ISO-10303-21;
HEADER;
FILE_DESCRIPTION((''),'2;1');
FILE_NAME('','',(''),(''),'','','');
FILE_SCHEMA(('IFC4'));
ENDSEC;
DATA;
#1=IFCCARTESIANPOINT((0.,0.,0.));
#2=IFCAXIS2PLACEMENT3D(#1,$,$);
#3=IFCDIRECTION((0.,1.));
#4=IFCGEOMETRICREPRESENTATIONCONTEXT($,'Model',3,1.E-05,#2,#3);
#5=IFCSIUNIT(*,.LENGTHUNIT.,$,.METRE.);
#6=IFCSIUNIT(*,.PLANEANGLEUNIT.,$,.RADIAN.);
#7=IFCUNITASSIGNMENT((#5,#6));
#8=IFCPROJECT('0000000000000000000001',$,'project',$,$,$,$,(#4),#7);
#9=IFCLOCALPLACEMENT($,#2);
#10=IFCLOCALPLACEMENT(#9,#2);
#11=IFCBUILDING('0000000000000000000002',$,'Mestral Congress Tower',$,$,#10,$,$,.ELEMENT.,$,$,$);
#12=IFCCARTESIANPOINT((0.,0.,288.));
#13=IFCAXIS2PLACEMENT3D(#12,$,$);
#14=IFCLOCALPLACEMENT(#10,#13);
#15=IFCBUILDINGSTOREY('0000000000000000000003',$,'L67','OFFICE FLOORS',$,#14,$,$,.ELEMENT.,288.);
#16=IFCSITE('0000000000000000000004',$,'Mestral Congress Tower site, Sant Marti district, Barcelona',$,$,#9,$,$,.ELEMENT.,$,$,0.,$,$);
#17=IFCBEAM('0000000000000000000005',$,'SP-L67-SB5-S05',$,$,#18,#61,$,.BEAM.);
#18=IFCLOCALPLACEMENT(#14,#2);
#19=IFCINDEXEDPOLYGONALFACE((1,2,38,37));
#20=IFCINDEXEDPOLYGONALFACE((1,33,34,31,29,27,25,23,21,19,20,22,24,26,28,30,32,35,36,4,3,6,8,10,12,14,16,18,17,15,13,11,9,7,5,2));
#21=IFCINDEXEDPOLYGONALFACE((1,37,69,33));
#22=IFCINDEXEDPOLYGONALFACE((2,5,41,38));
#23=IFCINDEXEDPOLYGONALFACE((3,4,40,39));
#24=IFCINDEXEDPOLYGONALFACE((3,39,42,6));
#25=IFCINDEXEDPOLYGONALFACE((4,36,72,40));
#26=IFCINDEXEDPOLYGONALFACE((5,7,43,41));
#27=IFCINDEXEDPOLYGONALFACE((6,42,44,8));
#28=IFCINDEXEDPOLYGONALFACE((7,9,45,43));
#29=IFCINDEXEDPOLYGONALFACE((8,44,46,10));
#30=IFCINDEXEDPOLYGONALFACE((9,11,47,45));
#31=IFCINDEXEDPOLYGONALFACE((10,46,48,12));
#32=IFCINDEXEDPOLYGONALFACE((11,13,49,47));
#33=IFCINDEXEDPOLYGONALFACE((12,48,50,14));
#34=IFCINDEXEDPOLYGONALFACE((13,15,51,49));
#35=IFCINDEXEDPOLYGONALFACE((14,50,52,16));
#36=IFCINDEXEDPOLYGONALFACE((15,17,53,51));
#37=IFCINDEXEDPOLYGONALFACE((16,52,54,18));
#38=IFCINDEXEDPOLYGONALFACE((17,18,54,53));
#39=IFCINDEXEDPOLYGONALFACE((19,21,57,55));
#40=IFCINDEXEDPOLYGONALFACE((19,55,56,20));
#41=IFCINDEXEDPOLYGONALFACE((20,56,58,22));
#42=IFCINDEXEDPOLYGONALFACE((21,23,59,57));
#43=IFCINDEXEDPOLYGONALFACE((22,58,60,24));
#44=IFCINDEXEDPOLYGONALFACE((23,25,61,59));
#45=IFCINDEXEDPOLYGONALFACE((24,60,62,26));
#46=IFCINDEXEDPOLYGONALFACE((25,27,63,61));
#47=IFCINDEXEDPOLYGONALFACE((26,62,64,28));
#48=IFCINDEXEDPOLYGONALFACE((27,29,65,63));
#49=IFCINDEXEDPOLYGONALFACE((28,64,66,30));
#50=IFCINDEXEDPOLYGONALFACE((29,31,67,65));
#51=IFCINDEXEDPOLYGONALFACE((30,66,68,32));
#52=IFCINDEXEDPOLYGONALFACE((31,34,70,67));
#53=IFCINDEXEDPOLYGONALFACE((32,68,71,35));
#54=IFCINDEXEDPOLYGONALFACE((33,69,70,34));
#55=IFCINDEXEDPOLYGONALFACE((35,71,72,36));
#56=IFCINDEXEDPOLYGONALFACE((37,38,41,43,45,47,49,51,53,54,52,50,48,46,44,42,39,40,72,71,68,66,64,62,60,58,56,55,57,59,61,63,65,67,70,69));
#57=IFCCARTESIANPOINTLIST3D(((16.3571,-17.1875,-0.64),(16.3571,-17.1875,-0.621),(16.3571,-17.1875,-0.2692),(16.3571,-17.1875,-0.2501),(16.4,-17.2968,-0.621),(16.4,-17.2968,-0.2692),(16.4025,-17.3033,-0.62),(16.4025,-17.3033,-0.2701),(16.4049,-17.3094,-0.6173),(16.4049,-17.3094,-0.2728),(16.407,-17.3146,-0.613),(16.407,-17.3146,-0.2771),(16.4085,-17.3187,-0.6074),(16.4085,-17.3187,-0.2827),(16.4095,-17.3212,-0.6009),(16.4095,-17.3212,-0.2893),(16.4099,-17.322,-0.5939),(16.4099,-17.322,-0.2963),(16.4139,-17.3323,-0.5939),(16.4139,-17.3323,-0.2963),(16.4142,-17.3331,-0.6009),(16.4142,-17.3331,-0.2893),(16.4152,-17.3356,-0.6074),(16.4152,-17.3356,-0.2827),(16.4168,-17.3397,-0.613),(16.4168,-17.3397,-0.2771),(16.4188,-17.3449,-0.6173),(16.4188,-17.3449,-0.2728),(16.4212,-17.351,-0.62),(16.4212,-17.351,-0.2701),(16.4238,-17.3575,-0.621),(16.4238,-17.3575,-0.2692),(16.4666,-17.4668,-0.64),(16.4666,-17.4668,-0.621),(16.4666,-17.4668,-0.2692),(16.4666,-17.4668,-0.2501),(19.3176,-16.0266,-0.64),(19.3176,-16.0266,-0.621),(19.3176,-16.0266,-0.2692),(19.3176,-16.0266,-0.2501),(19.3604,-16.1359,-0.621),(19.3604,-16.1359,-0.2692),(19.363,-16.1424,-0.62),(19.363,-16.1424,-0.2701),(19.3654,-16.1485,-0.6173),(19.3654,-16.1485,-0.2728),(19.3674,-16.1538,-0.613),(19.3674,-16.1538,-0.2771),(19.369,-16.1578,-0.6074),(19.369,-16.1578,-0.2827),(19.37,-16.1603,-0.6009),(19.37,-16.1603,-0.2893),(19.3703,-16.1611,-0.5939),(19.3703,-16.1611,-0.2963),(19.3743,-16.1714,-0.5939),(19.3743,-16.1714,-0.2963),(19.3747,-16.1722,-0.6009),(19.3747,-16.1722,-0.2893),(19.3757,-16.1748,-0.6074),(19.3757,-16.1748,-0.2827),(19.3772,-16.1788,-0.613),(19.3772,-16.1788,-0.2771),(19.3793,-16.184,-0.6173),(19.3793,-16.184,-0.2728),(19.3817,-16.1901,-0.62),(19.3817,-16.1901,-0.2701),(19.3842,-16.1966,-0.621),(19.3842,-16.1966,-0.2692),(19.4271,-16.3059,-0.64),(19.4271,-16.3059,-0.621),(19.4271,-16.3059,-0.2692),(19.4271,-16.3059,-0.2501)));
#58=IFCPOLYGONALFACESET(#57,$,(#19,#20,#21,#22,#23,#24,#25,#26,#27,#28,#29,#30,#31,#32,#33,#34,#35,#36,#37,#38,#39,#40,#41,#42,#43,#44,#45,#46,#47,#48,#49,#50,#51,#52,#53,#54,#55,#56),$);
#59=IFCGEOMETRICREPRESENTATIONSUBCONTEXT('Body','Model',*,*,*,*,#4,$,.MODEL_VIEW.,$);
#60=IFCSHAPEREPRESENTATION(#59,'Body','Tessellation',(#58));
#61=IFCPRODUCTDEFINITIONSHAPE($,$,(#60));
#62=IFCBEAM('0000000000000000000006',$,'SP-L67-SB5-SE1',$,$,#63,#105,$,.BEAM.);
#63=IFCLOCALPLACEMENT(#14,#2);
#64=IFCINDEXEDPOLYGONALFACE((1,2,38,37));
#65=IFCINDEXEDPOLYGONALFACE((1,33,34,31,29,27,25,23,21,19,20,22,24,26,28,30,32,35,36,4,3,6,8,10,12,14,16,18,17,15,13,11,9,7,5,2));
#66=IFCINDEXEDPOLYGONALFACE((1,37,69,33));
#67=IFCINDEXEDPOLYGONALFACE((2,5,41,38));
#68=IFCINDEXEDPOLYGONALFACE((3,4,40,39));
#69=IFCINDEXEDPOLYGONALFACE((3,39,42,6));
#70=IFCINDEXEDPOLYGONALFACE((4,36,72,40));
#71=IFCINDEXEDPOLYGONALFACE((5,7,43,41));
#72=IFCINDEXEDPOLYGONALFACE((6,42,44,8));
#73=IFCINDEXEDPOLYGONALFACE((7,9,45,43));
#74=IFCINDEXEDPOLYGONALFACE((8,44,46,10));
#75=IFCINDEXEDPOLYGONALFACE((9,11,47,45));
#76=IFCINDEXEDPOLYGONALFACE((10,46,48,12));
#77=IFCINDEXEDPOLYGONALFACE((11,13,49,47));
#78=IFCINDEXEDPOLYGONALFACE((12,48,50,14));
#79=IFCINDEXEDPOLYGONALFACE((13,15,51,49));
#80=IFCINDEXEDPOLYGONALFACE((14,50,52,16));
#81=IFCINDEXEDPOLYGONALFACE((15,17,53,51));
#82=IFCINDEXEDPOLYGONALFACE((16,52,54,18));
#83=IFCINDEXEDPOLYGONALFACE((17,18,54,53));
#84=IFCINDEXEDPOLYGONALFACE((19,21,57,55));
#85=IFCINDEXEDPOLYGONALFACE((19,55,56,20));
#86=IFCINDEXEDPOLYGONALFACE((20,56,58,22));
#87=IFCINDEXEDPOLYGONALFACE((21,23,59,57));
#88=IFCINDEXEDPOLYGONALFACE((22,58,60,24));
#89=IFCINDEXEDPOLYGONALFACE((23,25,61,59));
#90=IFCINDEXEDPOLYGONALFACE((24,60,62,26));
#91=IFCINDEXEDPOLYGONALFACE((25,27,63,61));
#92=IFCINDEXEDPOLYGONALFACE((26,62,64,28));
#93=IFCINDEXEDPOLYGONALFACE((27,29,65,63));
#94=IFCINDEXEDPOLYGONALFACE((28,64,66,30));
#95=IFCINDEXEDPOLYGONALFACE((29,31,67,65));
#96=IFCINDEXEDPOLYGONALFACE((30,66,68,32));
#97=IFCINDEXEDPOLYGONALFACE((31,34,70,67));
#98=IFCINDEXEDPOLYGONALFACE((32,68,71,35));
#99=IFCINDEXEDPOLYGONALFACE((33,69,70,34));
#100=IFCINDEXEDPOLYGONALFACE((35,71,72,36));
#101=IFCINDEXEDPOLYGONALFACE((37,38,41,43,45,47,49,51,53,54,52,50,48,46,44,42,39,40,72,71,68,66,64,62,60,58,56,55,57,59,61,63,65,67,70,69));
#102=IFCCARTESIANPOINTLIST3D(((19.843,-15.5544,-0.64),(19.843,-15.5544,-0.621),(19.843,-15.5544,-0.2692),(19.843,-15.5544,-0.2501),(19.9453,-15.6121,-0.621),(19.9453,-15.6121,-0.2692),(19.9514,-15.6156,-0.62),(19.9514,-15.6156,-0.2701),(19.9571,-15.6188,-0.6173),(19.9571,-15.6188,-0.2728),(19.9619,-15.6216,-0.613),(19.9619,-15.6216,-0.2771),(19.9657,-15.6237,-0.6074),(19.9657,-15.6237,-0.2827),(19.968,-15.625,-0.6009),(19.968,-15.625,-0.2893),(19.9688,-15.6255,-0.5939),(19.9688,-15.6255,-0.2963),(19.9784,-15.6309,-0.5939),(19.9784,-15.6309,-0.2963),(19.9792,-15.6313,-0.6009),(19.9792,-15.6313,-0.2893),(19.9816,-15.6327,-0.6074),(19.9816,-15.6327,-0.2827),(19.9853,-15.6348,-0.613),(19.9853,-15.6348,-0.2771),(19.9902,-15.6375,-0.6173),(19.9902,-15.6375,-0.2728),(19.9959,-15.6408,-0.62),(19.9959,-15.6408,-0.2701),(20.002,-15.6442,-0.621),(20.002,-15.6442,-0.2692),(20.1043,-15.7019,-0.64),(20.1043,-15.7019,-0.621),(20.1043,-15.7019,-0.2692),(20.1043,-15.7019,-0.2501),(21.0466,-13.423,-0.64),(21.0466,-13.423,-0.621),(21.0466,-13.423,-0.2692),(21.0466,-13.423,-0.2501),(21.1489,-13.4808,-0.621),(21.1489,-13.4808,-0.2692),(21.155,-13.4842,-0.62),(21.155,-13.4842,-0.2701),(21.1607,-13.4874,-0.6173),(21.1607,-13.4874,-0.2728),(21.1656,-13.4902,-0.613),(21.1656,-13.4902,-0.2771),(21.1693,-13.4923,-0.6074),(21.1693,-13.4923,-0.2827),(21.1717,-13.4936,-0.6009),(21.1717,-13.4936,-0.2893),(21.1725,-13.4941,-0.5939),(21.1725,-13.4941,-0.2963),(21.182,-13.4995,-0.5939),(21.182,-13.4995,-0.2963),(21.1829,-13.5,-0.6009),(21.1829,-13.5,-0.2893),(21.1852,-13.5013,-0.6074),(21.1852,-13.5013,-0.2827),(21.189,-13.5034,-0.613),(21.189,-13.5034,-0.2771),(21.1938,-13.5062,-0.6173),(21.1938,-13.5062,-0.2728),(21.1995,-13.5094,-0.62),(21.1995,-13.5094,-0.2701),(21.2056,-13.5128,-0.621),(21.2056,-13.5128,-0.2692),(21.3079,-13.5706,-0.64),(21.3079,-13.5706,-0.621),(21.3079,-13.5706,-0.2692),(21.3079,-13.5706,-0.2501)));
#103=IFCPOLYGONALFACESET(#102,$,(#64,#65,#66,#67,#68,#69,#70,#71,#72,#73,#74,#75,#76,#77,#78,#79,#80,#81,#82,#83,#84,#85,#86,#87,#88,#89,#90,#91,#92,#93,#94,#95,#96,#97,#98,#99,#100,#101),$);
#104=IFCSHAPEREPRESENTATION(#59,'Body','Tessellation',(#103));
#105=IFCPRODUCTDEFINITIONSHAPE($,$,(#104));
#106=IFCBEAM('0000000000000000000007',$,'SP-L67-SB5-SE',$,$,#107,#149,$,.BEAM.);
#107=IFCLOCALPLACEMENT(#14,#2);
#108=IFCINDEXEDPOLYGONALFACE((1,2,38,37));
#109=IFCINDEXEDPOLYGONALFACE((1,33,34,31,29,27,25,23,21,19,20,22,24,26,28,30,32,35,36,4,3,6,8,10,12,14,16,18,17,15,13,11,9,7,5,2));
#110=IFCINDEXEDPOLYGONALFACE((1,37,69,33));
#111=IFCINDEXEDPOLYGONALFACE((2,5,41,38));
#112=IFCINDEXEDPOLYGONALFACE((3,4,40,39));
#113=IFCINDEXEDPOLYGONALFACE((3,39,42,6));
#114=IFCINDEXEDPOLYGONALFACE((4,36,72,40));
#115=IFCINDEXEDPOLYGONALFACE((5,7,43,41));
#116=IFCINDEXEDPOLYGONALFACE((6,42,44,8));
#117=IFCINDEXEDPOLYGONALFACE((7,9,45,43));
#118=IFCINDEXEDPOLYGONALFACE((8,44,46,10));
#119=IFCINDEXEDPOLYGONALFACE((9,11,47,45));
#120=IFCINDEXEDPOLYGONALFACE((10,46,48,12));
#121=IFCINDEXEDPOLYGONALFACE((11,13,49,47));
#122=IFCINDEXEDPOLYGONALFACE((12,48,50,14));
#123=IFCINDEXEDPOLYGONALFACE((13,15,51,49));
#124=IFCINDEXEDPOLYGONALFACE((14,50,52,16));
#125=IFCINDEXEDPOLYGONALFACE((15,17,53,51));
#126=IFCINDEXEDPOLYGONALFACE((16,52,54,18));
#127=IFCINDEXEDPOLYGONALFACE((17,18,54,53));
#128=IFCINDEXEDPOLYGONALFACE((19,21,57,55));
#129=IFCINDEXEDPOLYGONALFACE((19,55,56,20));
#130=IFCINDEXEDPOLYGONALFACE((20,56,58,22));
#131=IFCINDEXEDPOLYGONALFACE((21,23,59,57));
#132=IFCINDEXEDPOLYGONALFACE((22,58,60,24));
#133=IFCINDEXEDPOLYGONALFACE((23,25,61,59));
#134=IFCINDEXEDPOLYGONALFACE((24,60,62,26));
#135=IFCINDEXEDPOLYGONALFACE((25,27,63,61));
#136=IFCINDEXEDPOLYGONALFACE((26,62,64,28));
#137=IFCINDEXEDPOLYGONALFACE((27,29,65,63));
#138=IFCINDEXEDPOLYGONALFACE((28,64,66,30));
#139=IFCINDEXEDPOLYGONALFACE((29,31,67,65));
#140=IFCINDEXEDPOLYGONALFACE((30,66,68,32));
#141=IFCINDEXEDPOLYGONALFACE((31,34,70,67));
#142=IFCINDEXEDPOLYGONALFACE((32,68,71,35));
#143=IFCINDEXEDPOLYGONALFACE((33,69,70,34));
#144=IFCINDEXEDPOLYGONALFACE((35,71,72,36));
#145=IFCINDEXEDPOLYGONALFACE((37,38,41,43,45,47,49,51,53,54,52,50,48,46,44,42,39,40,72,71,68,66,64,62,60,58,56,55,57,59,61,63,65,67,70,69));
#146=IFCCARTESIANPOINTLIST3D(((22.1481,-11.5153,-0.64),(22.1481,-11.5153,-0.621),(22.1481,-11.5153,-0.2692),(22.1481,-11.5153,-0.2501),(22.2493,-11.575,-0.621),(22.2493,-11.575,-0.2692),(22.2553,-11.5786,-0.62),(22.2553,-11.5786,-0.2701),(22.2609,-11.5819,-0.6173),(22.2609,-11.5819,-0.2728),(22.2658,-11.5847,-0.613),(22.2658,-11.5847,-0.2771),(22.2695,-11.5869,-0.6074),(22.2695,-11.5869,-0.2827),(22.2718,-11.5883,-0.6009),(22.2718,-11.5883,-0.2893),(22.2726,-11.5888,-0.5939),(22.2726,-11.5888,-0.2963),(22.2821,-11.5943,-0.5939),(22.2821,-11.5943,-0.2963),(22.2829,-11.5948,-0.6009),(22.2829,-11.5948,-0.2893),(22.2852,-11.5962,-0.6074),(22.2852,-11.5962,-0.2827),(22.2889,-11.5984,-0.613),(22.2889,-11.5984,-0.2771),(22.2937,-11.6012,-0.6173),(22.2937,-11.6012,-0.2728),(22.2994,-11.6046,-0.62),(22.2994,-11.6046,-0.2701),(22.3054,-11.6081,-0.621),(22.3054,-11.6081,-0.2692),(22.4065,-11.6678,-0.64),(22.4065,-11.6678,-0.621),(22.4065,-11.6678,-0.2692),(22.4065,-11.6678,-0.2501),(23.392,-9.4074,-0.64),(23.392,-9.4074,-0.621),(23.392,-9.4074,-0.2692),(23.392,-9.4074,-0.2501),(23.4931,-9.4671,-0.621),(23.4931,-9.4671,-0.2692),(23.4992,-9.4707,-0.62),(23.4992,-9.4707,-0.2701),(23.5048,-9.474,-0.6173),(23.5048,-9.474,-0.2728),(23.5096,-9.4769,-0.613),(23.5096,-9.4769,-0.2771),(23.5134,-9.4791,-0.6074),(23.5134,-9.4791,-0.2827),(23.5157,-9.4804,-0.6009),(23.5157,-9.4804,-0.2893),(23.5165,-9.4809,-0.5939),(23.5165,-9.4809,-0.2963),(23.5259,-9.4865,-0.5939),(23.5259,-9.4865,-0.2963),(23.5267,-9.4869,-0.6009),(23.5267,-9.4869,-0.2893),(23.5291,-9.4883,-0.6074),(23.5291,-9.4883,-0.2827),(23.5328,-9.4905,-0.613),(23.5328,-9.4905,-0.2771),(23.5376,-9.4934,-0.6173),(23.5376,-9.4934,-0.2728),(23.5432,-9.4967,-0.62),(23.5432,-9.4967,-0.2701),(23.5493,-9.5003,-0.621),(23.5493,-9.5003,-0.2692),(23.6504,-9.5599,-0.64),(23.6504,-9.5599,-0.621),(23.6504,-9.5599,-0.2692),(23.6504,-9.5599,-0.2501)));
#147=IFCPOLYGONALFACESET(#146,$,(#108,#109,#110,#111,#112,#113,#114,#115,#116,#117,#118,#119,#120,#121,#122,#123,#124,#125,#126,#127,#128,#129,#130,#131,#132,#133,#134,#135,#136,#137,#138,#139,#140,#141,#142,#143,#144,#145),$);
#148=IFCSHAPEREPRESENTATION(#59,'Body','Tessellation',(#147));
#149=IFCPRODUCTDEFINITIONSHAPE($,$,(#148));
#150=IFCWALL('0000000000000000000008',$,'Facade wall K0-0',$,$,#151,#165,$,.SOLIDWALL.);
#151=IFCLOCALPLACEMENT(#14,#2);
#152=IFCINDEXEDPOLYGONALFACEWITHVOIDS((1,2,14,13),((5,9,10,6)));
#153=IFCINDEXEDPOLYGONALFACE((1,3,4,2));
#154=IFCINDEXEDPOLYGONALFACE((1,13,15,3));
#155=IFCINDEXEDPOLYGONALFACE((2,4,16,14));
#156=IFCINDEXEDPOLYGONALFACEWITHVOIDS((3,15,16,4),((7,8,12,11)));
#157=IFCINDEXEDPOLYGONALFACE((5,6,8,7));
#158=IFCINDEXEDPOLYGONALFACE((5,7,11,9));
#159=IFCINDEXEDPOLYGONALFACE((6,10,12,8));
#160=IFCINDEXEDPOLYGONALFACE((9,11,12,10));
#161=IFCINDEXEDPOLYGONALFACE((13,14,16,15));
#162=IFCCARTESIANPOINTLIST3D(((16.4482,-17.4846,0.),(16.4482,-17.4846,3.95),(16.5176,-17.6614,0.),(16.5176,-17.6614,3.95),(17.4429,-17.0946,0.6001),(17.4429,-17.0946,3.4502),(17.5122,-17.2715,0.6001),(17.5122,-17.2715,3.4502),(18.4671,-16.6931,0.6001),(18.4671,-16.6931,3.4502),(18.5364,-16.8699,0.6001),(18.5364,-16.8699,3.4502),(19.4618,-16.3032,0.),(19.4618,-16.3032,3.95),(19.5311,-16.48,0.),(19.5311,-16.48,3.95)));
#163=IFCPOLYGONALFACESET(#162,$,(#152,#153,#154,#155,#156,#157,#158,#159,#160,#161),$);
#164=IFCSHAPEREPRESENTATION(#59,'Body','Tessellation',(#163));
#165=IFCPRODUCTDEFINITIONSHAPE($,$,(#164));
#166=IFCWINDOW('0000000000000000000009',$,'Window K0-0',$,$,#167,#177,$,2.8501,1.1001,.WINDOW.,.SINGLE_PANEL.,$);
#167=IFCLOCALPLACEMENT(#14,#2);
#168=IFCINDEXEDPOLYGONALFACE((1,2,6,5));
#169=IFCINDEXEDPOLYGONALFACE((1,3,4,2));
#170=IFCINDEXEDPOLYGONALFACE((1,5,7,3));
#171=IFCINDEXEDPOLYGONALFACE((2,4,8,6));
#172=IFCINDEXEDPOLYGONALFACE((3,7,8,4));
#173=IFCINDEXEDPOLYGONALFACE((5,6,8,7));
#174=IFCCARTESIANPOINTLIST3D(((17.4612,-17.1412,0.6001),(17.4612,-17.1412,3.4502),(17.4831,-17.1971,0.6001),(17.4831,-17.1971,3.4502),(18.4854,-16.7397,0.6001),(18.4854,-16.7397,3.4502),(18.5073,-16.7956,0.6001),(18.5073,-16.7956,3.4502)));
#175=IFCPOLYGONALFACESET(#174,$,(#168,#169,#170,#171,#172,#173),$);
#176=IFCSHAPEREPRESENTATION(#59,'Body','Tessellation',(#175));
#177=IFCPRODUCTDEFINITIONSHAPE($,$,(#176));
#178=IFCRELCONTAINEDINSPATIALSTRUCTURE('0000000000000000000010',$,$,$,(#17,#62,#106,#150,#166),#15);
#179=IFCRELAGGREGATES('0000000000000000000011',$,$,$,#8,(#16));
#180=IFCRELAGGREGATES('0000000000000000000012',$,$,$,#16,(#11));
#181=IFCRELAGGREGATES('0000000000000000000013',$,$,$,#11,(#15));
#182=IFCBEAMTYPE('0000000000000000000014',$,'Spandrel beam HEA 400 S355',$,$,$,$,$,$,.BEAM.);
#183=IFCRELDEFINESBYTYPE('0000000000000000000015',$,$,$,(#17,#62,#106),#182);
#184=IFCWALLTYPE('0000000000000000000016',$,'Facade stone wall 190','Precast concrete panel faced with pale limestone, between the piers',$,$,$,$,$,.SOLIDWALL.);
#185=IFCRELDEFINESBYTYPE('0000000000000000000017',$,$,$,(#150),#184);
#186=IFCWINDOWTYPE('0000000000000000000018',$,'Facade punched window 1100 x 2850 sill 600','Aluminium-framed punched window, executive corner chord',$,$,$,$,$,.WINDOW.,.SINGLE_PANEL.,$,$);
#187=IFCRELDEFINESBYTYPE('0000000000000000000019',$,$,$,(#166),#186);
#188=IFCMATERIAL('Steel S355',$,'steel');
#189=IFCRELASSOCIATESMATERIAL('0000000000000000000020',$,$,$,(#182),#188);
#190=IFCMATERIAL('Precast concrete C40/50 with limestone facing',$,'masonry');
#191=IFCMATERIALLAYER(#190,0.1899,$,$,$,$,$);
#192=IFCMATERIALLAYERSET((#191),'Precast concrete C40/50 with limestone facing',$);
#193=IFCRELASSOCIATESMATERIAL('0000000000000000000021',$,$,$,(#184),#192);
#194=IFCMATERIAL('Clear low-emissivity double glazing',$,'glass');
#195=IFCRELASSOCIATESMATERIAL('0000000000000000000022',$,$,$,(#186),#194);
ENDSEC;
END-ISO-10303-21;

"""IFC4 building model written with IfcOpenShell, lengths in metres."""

from ifc_helpers import new_model, si_unit, direction, frame, frame_2d, origin, origin_2d, place, context, subcontext, project, spatial, rectangle, i_section, extrude, material, layer, layer_set, material_profile, profile_set, type_object, element, fill, save


model = new_model("IFC4")

# Units and contexts
model_context = context("Model", 3, precision=1e-05, world=origin(), true_north=direction((0.0, 1.0)))
body_context = subcontext(model_context, "Body", "Model", "MODEL_VIEW")
ifc_project = project(units=[si_unit("LENGTHUNIT", "METRE"), si_unit("PLANEANGLEUNIT", "RADIAN")], contexts=[model_context])

# Site, building, storey
site_placement = place(None, origin())
site = spatial("IfcSite", under=ifc_project, at=site_placement, Name="Mestral Congress Tower site, Sant Marti district, Barcelona", CompositionType="ELEMENT", RefElevation=0.0)
building_placement = place(site_placement, origin())
building = spatial("IfcBuilding", under=site, at=building_placement, Name="Mestral Congress Tower", CompositionType="ELEMENT")
storey_placement = place(building_placement, frame((0.0, 0.0, 288.0)))
storey = spatial("IfcBuildingStorey", under=building, at=storey_placement, Name="L67", Description="OFFICE FLOORS", CompositionType="ELEMENT", Elevation=288.0)

# Beams
ifc_material_1 = material(Name="Steel S355", Category="steel")
ifc_material_profile_1 = material_profile(ifc_material_1, i_section(OverallWidth=0.3, OverallDepth=0.3899, WebThickness=0.011, FlangeThickness=0.019, FilletRadius=0.0271, at=origin_2d()), Name="HEA 400")
ifc_profile_set_1 = profile_set([ifc_material_profile_1], Name="Steel S355")
beam_type_1 = type_object("IfcBeamType", Name="Spandrel beam HEA 400 S355", PredefinedType="BEAM", material=ifc_profile_set_1)
beam_1_placement = place(storey_placement, frame((16.4119, -17.3271, -0.4451), z_axis=(0.930981, 0.365068, 0.0), x_axis=(-0.365068, 0.930981, 0.0)))
element("IfcBeam", 1, at=beam_1_placement, inside=storey, type_object=beam_type_1, Name="SP-L67-SB5-S05", PredefinedType="BEAM", context=body_context, shape_type="SweptSolid", body=[
    extrude(i_section(OverallWidth=0.3, OverallDepth=0.3899, WebThickness=0.011, FlangeThickness=0.019, FilletRadius=0.0271, at=origin_2d()), origin(), (0.0, 0.0, 1.0), 3.1799),
])
beam_2_placement = place(storey_placement, frame((19.9736, -15.6282, -0.4451), z_axis=(0.491729, 0.870749, 0.0), x_axis=(-0.870749, 0.491729, 0.0)))
element("IfcBeam", 2, at=beam_2_placement, inside=storey, type_object=beam_type_1, Name="SP-L67-SB5-SE1", PredefinedType="BEAM", context=body_context, shape_type="SweptSolid", body=[
    extrude(i_section(OverallWidth=0.3, OverallDepth=0.3899, WebThickness=0.011, FlangeThickness=0.019, FilletRadius=0.0271, at=origin_2d()), origin(), (0.0, 0.0, 1.0), 2.4478),
])
beam_3_placement = place(storey_placement, frame((22.2773, -11.5916, -0.4451), z_axis=(0.508218, 0.861228, 0.0), x_axis=(-0.861228, 0.508218, 0.0)))
element("IfcBeam", 3, at=beam_3_placement, inside=storey, type_object=beam_type_1, Name="SP-L67-SB5-SE", PredefinedType="BEAM", context=body_context, shape_type="SweptSolid", body=[
    extrude(i_section(OverallWidth=0.3, OverallDepth=0.3899, WebThickness=0.011, FlangeThickness=0.019, FilletRadius=0.0271, at=origin_2d()), origin(), (0.0, 0.0, 1.0), 2.4475),
])

# Wall, opening, window
ifc_material_2 = material(Name="Precast concrete C40/50 with limestone facing", Category="masonry")
ifc_layer_1 = layer(ifc_material_2, 0.1899)
ifc_layer_set_1 = layer_set([ifc_layer_1], Name="Precast concrete C40/50 with limestone facing")
wall_type_1 = type_object("IfcWallType", Name="Facade stone wall 190", Description="Precast concrete panel faced with pale limestone, between the piers", PredefinedType="SOLIDWALL", material=ifc_layer_set_1)
wall_1_placement = place(storey_placement, frame((16.4829, -17.573, 0.0), z_axis=(0.0, 0.0, 1.0), x_axis=(0.931009, 0.364997, 0.0)))
wall_1 = element("IfcWall", 4, at=wall_1_placement, inside=storey, type_object=wall_type_1, Name="Facade wall K0-0", PredefinedType="SOLIDWALL", context=body_context, shape_type="SweptSolid", body=[
    extrude(rectangle(XDim=3.2368, YDim=0.1899, at=frame_2d((1.6184, 0.0))), origin(), (0.0, 0.0, 1.0), 3.95),
])
opening_1_placement = place(wall_1_placement, frame((1.0684, 0.0, 0.6001)))
opening_1 = element("IfcOpeningElement", 5, at=opening_1_placement, cuts=wall_1, PredefinedType="OPENING", context=body_context, shape_type="SweptSolid", body=[
    extrude(rectangle(XDim=1.1001, YDim=2.8501, at=frame_2d((0.55, 1.425))), frame((0.0, 0.105, 0.0), z_axis=(0.0, -1.0, 0.0), x_axis=(1.0, 0.0, 0.0)), (0.0, 0.0, 1.0), 0.21),
])
ifc_material_3 = material(Name="Clear low-emissivity double glazing", Category="glass")
window_type = type_object("IfcWindowType", Name="Facade punched window 1100 x 2850 sill 600", Description="Aluminium-framed punched window, executive corner chord", PartitioningType="SINGLE_PANEL", PredefinedType="WINDOW", material=ifc_material_3)
window_1_placement = place(opening_1_placement, origin())
window_1 = element("IfcWindow", 6, at=window_1_placement, inside=storey, type_object=window_type, Name="Window K0-0", OverallHeight=2.8501, OverallWidth=1.1001, PartitioningType="SINGLE_PANEL", PredefinedType="WINDOW", context=body_context, shape_type="SweptSolid", body=[
    extrude(rectangle(XDim=1.1001, YDim=2.8501, at=frame_2d((0.55, 1.425))), frame((0.0, 0.0449, 0.0), z_axis=(0.0, -1.0, 0.0), x_axis=(1.0, 0.0, 0.0)), (0.0, 0.0, 1.0), 0.0601),
])
fill(opening_1, window_1)

save(model, "model.ifc")
